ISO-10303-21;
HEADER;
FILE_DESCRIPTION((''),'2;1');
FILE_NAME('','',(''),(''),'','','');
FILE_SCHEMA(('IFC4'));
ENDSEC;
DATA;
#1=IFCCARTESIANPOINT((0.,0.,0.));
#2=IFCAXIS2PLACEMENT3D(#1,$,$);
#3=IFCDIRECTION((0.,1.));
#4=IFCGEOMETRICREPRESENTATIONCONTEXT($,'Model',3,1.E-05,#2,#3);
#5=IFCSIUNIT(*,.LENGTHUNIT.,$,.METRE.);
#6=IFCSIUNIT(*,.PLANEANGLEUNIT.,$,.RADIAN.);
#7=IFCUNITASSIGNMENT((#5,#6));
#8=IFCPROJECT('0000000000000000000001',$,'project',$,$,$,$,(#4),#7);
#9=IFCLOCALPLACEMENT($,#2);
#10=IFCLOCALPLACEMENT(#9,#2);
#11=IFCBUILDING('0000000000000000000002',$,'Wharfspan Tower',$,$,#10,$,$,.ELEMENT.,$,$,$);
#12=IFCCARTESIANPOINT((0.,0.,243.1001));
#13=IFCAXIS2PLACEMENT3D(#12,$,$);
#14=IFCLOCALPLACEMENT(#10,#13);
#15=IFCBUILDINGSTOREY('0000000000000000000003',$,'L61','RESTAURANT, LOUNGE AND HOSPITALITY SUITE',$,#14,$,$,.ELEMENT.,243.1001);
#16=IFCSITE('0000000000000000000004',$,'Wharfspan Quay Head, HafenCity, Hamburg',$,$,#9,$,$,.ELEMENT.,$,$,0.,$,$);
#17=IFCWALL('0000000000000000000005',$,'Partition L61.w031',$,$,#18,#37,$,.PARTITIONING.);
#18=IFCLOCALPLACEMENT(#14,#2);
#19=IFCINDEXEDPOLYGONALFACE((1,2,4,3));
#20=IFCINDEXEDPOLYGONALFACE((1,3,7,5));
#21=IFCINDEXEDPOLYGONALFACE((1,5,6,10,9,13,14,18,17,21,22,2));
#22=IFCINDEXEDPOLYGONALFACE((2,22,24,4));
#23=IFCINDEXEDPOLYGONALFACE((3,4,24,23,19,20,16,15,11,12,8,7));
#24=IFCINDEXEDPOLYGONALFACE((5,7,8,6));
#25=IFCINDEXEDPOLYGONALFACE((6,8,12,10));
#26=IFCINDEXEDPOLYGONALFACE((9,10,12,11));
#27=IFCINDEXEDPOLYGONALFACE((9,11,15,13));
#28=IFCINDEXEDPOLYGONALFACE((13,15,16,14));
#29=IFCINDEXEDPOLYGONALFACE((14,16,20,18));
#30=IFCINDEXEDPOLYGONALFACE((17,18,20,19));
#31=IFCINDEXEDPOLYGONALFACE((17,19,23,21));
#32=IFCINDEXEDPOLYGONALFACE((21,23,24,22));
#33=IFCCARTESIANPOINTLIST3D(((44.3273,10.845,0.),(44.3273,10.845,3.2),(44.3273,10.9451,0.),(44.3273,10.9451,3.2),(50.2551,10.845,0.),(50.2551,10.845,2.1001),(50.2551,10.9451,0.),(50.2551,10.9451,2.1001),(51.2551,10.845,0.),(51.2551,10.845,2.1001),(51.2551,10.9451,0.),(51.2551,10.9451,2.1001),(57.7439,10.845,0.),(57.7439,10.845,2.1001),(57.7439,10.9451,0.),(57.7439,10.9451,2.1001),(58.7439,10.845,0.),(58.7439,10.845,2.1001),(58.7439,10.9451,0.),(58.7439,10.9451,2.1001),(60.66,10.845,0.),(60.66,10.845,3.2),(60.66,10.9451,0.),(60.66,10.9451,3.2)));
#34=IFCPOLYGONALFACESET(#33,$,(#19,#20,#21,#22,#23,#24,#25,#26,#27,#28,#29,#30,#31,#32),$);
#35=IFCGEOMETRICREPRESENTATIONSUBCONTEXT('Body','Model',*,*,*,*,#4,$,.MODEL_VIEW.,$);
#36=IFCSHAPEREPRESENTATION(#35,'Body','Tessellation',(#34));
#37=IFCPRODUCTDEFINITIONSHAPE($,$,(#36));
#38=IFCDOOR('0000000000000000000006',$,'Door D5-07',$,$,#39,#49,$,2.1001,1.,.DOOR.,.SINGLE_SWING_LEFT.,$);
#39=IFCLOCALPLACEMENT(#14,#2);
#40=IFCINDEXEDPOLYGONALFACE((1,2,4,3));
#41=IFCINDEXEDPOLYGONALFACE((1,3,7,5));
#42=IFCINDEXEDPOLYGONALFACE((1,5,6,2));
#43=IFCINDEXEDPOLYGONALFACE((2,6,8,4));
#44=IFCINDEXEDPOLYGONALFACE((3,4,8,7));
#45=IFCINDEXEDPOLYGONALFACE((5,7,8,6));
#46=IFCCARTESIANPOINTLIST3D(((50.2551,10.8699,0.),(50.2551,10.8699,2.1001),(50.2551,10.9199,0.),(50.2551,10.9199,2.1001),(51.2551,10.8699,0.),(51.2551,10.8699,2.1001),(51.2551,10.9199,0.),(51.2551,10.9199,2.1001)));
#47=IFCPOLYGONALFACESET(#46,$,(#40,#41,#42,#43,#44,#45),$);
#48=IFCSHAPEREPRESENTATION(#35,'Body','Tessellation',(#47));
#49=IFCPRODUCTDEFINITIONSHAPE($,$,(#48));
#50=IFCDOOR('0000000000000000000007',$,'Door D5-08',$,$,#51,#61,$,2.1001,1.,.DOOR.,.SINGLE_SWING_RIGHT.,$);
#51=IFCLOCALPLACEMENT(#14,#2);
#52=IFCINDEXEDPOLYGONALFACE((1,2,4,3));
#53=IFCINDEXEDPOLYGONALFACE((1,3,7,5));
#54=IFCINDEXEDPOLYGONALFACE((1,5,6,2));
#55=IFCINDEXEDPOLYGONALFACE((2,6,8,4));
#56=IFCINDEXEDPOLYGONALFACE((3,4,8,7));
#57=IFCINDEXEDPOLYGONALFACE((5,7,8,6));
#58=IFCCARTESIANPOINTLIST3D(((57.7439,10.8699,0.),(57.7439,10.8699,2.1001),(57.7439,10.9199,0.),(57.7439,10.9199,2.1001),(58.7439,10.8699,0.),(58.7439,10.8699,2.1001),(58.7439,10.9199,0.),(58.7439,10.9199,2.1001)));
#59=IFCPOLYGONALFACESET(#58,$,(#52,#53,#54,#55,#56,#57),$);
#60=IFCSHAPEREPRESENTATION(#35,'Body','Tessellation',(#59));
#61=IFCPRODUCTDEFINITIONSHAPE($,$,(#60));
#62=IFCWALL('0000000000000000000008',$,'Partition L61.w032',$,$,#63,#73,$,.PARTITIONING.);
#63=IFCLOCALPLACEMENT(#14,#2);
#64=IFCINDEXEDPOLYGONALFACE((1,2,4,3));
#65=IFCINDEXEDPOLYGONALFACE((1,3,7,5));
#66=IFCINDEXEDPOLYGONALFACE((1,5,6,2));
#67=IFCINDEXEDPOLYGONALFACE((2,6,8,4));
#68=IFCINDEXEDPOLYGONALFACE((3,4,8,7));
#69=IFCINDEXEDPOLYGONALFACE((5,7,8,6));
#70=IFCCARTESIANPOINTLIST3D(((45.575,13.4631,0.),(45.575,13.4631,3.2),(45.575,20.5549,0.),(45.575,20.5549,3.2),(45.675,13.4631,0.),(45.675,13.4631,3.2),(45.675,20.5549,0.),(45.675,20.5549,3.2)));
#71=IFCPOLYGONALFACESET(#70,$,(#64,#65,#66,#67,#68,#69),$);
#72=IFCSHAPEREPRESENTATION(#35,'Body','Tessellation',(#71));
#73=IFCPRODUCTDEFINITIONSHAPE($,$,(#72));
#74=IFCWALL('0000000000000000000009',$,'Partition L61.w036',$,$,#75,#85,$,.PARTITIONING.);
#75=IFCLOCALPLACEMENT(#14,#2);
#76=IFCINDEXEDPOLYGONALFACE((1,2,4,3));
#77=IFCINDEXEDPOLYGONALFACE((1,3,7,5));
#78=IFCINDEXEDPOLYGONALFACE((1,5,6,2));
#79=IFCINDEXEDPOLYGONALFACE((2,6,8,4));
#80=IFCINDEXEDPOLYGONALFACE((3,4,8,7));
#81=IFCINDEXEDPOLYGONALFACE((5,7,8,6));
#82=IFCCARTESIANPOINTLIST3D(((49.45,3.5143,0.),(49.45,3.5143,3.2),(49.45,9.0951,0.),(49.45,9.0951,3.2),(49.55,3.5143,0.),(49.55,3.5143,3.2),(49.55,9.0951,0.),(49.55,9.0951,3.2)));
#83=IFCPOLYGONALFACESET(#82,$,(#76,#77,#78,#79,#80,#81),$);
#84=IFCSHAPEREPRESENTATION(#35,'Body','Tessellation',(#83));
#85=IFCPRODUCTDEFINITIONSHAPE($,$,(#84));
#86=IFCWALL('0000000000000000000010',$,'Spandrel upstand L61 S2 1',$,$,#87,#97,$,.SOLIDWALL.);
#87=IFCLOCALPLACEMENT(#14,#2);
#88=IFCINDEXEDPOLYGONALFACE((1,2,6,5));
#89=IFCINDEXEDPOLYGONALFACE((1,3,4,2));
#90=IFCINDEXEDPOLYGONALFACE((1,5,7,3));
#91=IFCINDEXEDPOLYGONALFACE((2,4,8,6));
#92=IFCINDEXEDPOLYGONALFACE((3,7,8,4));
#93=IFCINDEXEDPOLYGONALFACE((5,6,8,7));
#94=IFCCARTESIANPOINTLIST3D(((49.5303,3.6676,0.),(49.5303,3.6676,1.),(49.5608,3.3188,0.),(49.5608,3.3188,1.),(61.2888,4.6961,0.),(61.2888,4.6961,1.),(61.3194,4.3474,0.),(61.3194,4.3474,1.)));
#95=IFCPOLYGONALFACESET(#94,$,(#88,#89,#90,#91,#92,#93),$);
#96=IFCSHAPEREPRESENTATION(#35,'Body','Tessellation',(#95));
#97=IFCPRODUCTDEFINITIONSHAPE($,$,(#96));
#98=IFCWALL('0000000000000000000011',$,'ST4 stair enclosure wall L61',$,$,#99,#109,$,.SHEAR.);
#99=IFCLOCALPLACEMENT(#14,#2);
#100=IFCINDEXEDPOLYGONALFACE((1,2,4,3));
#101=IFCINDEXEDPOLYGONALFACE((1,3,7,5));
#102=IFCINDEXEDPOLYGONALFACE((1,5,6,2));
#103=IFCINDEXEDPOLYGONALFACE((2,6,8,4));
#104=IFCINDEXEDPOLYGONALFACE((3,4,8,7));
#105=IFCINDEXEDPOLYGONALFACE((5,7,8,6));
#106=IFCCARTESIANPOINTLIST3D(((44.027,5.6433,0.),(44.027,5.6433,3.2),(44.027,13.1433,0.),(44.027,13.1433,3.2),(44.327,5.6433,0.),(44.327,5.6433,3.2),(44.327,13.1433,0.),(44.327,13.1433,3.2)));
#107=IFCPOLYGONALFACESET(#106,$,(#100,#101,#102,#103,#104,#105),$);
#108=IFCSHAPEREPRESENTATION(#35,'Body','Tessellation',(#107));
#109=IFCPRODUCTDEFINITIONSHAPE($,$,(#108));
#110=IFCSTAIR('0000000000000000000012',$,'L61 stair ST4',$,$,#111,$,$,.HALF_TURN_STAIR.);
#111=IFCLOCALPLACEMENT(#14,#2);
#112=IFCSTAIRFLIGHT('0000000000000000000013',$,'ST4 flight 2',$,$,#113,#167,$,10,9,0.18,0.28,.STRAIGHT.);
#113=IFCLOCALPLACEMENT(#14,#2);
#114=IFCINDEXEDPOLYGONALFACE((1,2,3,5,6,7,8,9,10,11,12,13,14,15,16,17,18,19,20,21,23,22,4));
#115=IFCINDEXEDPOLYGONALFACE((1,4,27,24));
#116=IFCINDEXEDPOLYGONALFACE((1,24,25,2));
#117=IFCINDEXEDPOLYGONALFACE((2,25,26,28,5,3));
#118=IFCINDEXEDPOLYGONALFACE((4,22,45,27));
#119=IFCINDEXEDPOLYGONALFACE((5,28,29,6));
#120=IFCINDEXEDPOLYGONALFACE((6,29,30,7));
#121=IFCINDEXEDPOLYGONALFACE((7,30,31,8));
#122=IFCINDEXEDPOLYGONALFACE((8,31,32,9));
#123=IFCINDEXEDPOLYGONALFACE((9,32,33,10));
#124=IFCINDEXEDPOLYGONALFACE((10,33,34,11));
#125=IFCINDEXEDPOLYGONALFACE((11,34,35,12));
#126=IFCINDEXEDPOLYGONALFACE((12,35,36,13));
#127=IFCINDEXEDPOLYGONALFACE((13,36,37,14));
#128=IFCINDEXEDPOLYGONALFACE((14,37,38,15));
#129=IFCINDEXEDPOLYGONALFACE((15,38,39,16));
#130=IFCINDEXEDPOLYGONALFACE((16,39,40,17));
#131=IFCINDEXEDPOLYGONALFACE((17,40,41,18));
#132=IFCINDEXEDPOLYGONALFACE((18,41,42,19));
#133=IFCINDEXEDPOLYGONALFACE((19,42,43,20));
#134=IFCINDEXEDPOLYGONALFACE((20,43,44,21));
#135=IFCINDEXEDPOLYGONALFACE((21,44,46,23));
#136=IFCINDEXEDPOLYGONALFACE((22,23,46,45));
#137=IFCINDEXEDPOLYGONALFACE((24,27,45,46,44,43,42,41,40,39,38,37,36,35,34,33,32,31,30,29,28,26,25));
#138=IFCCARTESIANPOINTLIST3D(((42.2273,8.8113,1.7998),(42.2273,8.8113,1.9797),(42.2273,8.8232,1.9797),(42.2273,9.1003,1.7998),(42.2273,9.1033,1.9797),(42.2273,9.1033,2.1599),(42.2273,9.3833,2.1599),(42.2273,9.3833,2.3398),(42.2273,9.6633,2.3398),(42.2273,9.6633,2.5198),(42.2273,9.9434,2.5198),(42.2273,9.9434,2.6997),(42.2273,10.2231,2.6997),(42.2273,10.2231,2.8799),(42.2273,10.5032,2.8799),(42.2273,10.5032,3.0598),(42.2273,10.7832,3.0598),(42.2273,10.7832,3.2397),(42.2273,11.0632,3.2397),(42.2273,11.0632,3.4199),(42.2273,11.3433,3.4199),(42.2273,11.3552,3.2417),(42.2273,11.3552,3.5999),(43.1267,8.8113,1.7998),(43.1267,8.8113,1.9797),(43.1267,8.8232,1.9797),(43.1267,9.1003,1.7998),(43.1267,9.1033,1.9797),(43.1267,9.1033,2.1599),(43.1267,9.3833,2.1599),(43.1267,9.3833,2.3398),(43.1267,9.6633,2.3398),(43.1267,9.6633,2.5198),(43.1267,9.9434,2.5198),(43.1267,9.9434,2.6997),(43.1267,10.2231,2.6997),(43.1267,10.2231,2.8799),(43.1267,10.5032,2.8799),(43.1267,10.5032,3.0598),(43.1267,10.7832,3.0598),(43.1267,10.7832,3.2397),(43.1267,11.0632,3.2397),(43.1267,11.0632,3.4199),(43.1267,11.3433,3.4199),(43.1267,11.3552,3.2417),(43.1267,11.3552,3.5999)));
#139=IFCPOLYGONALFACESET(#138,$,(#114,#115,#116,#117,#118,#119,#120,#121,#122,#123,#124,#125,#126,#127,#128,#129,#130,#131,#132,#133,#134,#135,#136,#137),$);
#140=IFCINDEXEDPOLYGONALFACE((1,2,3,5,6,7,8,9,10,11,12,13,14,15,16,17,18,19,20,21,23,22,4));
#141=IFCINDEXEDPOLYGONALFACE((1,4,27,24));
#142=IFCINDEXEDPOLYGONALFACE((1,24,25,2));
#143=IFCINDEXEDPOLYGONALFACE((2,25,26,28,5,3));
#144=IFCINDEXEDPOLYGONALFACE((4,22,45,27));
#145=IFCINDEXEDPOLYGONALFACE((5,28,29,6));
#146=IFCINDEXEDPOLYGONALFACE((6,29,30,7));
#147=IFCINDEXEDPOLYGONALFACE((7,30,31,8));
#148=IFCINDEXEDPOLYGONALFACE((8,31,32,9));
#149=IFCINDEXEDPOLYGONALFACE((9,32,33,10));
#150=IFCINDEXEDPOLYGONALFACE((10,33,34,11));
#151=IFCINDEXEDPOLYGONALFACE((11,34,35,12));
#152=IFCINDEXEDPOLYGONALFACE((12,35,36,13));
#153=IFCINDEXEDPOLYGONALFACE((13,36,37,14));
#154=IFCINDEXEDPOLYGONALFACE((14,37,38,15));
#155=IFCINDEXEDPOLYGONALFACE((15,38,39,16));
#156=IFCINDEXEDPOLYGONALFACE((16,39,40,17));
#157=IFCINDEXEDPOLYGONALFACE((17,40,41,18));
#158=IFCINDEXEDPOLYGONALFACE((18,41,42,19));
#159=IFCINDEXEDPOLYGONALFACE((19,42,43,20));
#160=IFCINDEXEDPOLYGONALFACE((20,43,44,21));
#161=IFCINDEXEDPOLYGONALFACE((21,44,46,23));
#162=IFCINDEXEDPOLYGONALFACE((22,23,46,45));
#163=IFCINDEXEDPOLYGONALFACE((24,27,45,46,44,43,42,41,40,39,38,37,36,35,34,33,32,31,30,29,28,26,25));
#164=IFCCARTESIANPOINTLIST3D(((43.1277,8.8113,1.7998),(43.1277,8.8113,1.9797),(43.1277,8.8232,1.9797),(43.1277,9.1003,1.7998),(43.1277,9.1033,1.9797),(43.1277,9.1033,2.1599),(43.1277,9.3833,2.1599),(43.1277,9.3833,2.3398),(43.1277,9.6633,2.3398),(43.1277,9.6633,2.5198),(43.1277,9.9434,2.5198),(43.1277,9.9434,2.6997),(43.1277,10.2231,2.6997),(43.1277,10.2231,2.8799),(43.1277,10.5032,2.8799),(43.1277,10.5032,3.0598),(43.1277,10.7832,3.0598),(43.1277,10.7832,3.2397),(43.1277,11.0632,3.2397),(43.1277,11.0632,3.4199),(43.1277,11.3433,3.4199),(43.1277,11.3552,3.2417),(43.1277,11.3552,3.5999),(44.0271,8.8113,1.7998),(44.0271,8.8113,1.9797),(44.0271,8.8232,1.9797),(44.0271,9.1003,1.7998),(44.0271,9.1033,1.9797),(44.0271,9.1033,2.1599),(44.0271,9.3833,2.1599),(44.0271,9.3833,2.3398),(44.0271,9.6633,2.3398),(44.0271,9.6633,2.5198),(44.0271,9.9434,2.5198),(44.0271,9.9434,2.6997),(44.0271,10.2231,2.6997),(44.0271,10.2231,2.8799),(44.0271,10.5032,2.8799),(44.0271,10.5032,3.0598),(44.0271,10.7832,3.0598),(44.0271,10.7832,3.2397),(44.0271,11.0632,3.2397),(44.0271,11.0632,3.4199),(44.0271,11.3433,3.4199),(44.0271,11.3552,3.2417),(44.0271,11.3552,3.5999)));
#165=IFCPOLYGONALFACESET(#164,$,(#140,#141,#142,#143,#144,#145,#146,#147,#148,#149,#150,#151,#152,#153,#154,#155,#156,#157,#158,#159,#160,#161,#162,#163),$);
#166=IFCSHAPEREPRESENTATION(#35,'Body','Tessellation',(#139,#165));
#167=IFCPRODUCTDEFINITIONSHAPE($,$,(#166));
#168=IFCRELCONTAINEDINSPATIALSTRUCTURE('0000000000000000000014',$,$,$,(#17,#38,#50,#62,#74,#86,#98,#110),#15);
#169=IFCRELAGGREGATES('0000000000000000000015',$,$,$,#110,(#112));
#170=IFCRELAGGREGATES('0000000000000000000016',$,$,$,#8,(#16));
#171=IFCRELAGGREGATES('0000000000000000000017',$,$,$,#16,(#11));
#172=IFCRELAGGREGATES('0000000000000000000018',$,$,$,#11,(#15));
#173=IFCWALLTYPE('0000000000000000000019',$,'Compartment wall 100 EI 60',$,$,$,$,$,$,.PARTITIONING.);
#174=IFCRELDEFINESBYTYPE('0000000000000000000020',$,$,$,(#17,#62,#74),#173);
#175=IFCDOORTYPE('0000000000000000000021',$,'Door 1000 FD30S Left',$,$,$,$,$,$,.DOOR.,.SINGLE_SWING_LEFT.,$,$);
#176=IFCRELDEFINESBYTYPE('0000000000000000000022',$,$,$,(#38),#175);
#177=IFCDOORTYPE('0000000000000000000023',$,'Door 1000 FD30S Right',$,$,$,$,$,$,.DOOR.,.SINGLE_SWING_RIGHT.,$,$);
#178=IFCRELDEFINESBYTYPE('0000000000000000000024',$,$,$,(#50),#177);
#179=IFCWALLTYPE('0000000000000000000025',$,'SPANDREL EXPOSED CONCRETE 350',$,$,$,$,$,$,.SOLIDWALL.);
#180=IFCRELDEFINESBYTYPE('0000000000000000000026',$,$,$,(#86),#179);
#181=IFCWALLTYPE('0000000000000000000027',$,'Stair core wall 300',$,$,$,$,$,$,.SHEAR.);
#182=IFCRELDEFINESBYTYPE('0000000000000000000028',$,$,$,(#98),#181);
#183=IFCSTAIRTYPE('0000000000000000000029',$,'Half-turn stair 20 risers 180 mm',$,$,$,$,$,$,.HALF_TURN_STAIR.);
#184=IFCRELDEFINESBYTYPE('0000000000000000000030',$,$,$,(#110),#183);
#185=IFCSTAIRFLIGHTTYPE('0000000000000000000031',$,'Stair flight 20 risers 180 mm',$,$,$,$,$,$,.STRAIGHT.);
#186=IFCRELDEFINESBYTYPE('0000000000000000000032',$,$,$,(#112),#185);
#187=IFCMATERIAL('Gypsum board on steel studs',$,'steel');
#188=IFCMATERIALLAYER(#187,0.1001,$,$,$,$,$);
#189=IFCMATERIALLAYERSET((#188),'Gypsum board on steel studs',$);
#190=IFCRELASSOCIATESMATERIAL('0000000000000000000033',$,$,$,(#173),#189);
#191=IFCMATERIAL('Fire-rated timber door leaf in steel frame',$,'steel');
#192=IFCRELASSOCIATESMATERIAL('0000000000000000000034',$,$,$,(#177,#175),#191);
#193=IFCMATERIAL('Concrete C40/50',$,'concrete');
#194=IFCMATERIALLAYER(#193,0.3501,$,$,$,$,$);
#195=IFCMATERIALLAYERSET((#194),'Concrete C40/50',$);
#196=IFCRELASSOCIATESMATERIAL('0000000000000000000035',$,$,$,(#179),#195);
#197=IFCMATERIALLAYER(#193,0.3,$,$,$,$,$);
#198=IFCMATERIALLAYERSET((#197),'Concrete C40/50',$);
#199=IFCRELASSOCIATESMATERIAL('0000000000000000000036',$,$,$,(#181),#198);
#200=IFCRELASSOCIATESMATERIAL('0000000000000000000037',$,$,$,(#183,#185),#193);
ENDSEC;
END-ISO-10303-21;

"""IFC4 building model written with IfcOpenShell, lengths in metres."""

from ifc_helpers import new_model, si_unit, direction, frame, frame_2d, origin, place, context, subcontext, project, spatial, polyline, rectangle, outline, extrude, material, layer, layer_set, type_object, element, fill, aggregate, save


model = new_model("IFC4")

# Units and contexts
model_context = context("Model", 3, precision=1e-05, world=origin(), true_north=direction((0.0, 1.0)))
body_context = subcontext(model_context, "Body", "Model", "MODEL_VIEW")
ifc_project = project(units=[si_unit("LENGTHUNIT", "METRE"), si_unit("PLANEANGLEUNIT", "RADIAN")], contexts=[model_context])

# Site, building, storey
site_placement = place(None, origin())
site = spatial("IfcSite", under=ifc_project, at=site_placement, Name="Wharfspan Quay Head, HafenCity, Hamburg", CompositionType="ELEMENT", RefElevation=0.0)
building_placement = place(site_placement, origin())
building = spatial("IfcBuilding", under=site, at=building_placement, Name="Wharfspan Tower", CompositionType="ELEMENT")
storey_placement = place(building_placement, frame((0.0, 0.0, 243.1001)))
storey = spatial("IfcBuildingStorey", under=building, at=storey_placement, Name="L61", Description="RESTAURANT, LOUNGE AND HOSPITALITY SUITE", CompositionType="ELEMENT", Elevation=243.1001)

# Shared definitions
ifc_material_1 = material(Name="Gypsum board on steel studs", Category="steel")
ifc_layer_1 = layer(ifc_material_1, 0.1001)
ifc_layer_set_1 = layer_set([ifc_layer_1], Name="Gypsum board on steel studs")
wall_type_1 = type_object("IfcWallType", Name="Compartment wall 100 EI 60", PredefinedType="PARTITIONING", material=ifc_layer_set_1)
ifc_material_2 = material(Name="Fire-rated timber door leaf in steel frame", Category="steel")
door_type_1 = type_object("IfcDoorType", Name="Door 1000 FD30S Right", OperationType="SINGLE_SWING_RIGHT", PredefinedType="DOOR", material=ifc_material_2)

# Wall, openings, doors
door_type_2 = type_object("IfcDoorType", Name="Door 1000 FD30S Left", OperationType="SINGLE_SWING_LEFT", PredefinedType="DOOR", material=ifc_material_2)
wall_1_placement = place(storey_placement, frame((44.3271, 10.895, 0.0), z_axis=(0.0, 0.0, 1.0), x_axis=(1.0, 0.0, 0.0)))
wall_1 = element("IfcWall", 1, at=wall_1_placement, inside=storey, type_object=wall_type_1, Name="Partition L61.w031", PredefinedType="PARTITIONING", context=body_context, shape_type="SweptSolid", body=[
    extrude(rectangle(XDim=16.3328, YDim=0.1001, at=frame_2d((8.1665, 0.0))), origin(), (0.0, 0.0, 1.0), 3.2),
])
opening_1_placement = place(wall_1_placement, frame((5.928, 0.0, 0.0)))
opening_1 = element("IfcOpeningElement", 2, at=opening_1_placement, cuts=wall_1, PredefinedType="OPENING", context=body_context, shape_type="SweptSolid", body=[
    extrude(rectangle(XDim=1.0, YDim=2.1001, at=frame_2d((0.5, 1.05))), frame((0.0, 0.0601, 0.0), z_axis=(0.0, -1.0, 0.0), x_axis=(1.0, 0.0, 0.0)), (0.0, 0.0, 1.0), 0.1201),
])
opening_2_placement = place(wall_1_placement, frame((13.4167, 0.0, 0.0)))
opening_2 = element("IfcOpeningElement", 3, at=opening_2_placement, cuts=wall_1, PredefinedType="OPENING", context=body_context, shape_type="SweptSolid", body=[
    extrude(rectangle(XDim=1.0, YDim=2.1001, at=frame_2d((0.5, 1.05))), frame((0.0, 0.0601, 0.0), z_axis=(0.0, -1.0, 0.0), x_axis=(1.0, 0.0, 0.0)), (0.0, 0.0, 1.0), 0.1201),
])
door_1_placement = place(opening_1_placement, origin())
door_1 = element("IfcDoor", 4, at=door_1_placement, inside=storey, type_object=door_type_2, Name="Door D5-07", OperationType="SINGLE_SWING_LEFT", OverallHeight=2.1001, OverallWidth=1.0, PredefinedType="DOOR", context=body_context, shape_type="SweptSolid", body=[
    extrude(rectangle(XDim=1.0, YDim=2.1001, at=frame_2d((0.5, 1.05))), frame((0.0, 0.0249, 0.0), z_axis=(0.0, -1.0, 0.0), x_axis=(1.0, 0.0, 0.0)), (0.0, 0.0, 1.0), 0.05),
])
fill(opening_1, door_1)
door_2_placement = place(opening_2_placement, origin())
door_2 = element("IfcDoor", 5, at=door_2_placement, inside=storey, type_object=door_type_1, Name="Door D5-08", OperationType="SINGLE_SWING_RIGHT", OverallHeight=2.1001, OverallWidth=1.0, PredefinedType="DOOR", context=body_context, shape_type="SweptSolid", body=[
    extrude(rectangle(XDim=1.0, YDim=2.1001, at=frame_2d((0.5, 1.05))), frame((0.0, 0.0249, 0.0), z_axis=(0.0, -1.0, 0.0), x_axis=(1.0, 0.0, 0.0)), (0.0, 0.0, 1.0), 0.05),
])
fill(opening_2, door_2)

# Walls
wall_2_placement = place(storey_placement, frame((45.625, 13.4631, 0.0), z_axis=(0.0, 0.0, 1.0), x_axis=(0.0, 1.0, 0.0)))
element("IfcWall", 6, at=wall_2_placement, inside=storey, type_object=wall_type_1, Name="Partition L61.w032", PredefinedType="PARTITIONING", context=body_context, shape_type="SweptSolid", body=[
    extrude(rectangle(XDim=7.0918, YDim=0.1001, at=frame_2d((3.5459, 0.0))), origin(), (0.0, 0.0, 1.0), 3.2),
])
wall_3_placement = place(storey_placement, frame((49.5, 3.5142, 0.0), z_axis=(0.0, 0.0, 1.0), x_axis=(0.0, 1.0, 0.0)))
element("IfcWall", 7, at=wall_3_placement, inside=storey, type_object=wall_type_1, Name="Partition L61.w036", PredefinedType="PARTITIONING", context=body_context, shape_type="SweptSolid", body=[
    extrude(rectangle(XDim=5.5808, YDim=0.1001, at=frame_2d((2.7905, 0.0))), origin(), (0.0, 0.0, 1.0), 3.2),
])
ifc_material_3 = material(Name="Concrete C40/50", Category="concrete")
ifc_layer_2 = layer(ifc_material_3, 0.3501)
ifc_layer_set_2 = layer_set([ifc_layer_2], Name="Concrete C40/50")
wall_type_2 = type_object("IfcWallType", Name="SPANDREL EXPOSED CONCRETE 350", PredefinedType="SOLIDWALL", material=ifc_layer_set_2)
wall_4_placement = place(storey_placement, frame((49.5454, 3.4932, 0.0), z_axis=(0.0, 0.0, 1.0), x_axis=(0.996196, 0.087141, 0.0)))
element("IfcWall", 8, at=wall_4_placement, inside=storey, type_object=wall_type_2, Name="Spandrel upstand L61 S2 1", PredefinedType="SOLIDWALL", context=body_context, shape_type="SweptSolid", body=[
    extrude(rectangle(XDim=11.8035, YDim=0.3501, at=frame_2d((5.9019, 0.0))), origin(), (0.0, 0.0, 1.0), 1.0),
])
ifc_layer_3 = layer(ifc_material_3, 0.3)
ifc_layer_set_3 = layer_set([ifc_layer_3], Name="Concrete C40/50")
wall_type_3 = type_object("IfcWallType", Name="Stair core wall 300", PredefinedType="SHEAR", material=ifc_layer_set_3)
wall_5_placement = place(storey_placement, frame((44.177, 5.6433, 0.0), z_axis=(0.0, 0.0, 1.0), x_axis=(0.0, 1.0, 0.0)))
element("IfcWall", 9, at=wall_5_placement, inside=storey, type_object=wall_type_3, Name="ST4 stair enclosure wall L61", PredefinedType="SHEAR", context=body_context, shape_type="SweptSolid", body=[
    extrude(rectangle(XDim=7.5, YDim=0.3, at=frame_2d((3.75, 0.0))), origin(), (0.0, 0.0, 1.0), 3.2),
])

# Stair, stair flight
stair_type = type_object("IfcStairType", Name="Half-turn stair 20 risers 180 mm", PredefinedType="HALF_TURN_STAIR", material=ifc_material_3)
stair_placement = place(storey_placement, origin())
stair = element("IfcStair", 10, at=stair_placement, inside=storey, type_object=stair_type, Name="L61 stair ST4", PredefinedType="HALF_TURN_STAIR")
stair_flight_type = type_object("IfcStairFlightType", Name="Stair flight 20 risers 180 mm", PredefinedType="STRAIGHT", material=ifc_material_3)
stair_flight_placement = place(storey_placement, frame((43.1272, 8.8232, 1.7998), z_axis=(0.0, 0.0, 1.0), x_axis=(0.0, 1.0, 0.0)))
stair_flight = element("IfcStairFlight", 11, at=stair_flight_placement, type_object=stair_flight_type, Name="ST4 flight 2", NumberOfRisers=10, NumberOfTreads=9, PredefinedType="STRAIGHT", RiserHeight=0.18, TreadLength=0.28, context=body_context, shape_type="SweptSolid", body=[
    extrude(outline(polyline([(-0.012, 0.0), (-0.012, 0.1799), (0.0, 0.1799), (0.28, 0.1799), (0.28, 0.3601), (0.5601, 0.3601), (0.5601, 0.54), (0.8401, 0.54), (0.8401, 0.72), (1.1201, 0.72), (1.1201, 0.8999), (1.3999, 0.8999), (1.3999, 1.0801), (1.6799, 1.0801), (1.6799, 1.26), (1.96, 1.26), (1.96, 1.4399), (2.24, 1.4399), (2.24, 1.6201), (2.52, 1.6201), (2.532, 1.8), (2.532, 1.4419), (0.2771, 0.0), (-0.012, 0.0)])), frame((0.0, 0.8999, 0.0), z_axis=(0.0, -1.0, 0.0), x_axis=(1.0, 0.0, 0.0)), (0.0, 0.0, 1.0), 0.8994),
    extrude(outline(polyline([(-0.012, 0.0), (-0.012, 0.1799), (0.0, 0.1799), (0.28, 0.1799), (0.28, 0.3601), (0.5601, 0.3601), (0.5601, 0.54), (0.8401, 0.54), (0.8401, 0.72), (1.1201, 0.72), (1.1201, 0.8999), (1.3999, 0.8999), (1.3999, 1.0801), (1.6799, 1.0801), (1.6799, 1.26), (1.96, 1.26), (1.96, 1.4399), (2.24, 1.4399), (2.24, 1.6201), (2.52, 1.6201), (2.532, 1.8), (2.532, 1.4419), (0.2771, 0.0), (-0.012, 0.0)])), frame((0.0, -0.0005, 0.0), z_axis=(0.0, -1.0, 0.0), x_axis=(1.0, 0.0, 0.0)), (0.0, 0.0, 1.0), 0.8994),
])
aggregate(stair, [stair_flight])

save(model, "model.ifc")
